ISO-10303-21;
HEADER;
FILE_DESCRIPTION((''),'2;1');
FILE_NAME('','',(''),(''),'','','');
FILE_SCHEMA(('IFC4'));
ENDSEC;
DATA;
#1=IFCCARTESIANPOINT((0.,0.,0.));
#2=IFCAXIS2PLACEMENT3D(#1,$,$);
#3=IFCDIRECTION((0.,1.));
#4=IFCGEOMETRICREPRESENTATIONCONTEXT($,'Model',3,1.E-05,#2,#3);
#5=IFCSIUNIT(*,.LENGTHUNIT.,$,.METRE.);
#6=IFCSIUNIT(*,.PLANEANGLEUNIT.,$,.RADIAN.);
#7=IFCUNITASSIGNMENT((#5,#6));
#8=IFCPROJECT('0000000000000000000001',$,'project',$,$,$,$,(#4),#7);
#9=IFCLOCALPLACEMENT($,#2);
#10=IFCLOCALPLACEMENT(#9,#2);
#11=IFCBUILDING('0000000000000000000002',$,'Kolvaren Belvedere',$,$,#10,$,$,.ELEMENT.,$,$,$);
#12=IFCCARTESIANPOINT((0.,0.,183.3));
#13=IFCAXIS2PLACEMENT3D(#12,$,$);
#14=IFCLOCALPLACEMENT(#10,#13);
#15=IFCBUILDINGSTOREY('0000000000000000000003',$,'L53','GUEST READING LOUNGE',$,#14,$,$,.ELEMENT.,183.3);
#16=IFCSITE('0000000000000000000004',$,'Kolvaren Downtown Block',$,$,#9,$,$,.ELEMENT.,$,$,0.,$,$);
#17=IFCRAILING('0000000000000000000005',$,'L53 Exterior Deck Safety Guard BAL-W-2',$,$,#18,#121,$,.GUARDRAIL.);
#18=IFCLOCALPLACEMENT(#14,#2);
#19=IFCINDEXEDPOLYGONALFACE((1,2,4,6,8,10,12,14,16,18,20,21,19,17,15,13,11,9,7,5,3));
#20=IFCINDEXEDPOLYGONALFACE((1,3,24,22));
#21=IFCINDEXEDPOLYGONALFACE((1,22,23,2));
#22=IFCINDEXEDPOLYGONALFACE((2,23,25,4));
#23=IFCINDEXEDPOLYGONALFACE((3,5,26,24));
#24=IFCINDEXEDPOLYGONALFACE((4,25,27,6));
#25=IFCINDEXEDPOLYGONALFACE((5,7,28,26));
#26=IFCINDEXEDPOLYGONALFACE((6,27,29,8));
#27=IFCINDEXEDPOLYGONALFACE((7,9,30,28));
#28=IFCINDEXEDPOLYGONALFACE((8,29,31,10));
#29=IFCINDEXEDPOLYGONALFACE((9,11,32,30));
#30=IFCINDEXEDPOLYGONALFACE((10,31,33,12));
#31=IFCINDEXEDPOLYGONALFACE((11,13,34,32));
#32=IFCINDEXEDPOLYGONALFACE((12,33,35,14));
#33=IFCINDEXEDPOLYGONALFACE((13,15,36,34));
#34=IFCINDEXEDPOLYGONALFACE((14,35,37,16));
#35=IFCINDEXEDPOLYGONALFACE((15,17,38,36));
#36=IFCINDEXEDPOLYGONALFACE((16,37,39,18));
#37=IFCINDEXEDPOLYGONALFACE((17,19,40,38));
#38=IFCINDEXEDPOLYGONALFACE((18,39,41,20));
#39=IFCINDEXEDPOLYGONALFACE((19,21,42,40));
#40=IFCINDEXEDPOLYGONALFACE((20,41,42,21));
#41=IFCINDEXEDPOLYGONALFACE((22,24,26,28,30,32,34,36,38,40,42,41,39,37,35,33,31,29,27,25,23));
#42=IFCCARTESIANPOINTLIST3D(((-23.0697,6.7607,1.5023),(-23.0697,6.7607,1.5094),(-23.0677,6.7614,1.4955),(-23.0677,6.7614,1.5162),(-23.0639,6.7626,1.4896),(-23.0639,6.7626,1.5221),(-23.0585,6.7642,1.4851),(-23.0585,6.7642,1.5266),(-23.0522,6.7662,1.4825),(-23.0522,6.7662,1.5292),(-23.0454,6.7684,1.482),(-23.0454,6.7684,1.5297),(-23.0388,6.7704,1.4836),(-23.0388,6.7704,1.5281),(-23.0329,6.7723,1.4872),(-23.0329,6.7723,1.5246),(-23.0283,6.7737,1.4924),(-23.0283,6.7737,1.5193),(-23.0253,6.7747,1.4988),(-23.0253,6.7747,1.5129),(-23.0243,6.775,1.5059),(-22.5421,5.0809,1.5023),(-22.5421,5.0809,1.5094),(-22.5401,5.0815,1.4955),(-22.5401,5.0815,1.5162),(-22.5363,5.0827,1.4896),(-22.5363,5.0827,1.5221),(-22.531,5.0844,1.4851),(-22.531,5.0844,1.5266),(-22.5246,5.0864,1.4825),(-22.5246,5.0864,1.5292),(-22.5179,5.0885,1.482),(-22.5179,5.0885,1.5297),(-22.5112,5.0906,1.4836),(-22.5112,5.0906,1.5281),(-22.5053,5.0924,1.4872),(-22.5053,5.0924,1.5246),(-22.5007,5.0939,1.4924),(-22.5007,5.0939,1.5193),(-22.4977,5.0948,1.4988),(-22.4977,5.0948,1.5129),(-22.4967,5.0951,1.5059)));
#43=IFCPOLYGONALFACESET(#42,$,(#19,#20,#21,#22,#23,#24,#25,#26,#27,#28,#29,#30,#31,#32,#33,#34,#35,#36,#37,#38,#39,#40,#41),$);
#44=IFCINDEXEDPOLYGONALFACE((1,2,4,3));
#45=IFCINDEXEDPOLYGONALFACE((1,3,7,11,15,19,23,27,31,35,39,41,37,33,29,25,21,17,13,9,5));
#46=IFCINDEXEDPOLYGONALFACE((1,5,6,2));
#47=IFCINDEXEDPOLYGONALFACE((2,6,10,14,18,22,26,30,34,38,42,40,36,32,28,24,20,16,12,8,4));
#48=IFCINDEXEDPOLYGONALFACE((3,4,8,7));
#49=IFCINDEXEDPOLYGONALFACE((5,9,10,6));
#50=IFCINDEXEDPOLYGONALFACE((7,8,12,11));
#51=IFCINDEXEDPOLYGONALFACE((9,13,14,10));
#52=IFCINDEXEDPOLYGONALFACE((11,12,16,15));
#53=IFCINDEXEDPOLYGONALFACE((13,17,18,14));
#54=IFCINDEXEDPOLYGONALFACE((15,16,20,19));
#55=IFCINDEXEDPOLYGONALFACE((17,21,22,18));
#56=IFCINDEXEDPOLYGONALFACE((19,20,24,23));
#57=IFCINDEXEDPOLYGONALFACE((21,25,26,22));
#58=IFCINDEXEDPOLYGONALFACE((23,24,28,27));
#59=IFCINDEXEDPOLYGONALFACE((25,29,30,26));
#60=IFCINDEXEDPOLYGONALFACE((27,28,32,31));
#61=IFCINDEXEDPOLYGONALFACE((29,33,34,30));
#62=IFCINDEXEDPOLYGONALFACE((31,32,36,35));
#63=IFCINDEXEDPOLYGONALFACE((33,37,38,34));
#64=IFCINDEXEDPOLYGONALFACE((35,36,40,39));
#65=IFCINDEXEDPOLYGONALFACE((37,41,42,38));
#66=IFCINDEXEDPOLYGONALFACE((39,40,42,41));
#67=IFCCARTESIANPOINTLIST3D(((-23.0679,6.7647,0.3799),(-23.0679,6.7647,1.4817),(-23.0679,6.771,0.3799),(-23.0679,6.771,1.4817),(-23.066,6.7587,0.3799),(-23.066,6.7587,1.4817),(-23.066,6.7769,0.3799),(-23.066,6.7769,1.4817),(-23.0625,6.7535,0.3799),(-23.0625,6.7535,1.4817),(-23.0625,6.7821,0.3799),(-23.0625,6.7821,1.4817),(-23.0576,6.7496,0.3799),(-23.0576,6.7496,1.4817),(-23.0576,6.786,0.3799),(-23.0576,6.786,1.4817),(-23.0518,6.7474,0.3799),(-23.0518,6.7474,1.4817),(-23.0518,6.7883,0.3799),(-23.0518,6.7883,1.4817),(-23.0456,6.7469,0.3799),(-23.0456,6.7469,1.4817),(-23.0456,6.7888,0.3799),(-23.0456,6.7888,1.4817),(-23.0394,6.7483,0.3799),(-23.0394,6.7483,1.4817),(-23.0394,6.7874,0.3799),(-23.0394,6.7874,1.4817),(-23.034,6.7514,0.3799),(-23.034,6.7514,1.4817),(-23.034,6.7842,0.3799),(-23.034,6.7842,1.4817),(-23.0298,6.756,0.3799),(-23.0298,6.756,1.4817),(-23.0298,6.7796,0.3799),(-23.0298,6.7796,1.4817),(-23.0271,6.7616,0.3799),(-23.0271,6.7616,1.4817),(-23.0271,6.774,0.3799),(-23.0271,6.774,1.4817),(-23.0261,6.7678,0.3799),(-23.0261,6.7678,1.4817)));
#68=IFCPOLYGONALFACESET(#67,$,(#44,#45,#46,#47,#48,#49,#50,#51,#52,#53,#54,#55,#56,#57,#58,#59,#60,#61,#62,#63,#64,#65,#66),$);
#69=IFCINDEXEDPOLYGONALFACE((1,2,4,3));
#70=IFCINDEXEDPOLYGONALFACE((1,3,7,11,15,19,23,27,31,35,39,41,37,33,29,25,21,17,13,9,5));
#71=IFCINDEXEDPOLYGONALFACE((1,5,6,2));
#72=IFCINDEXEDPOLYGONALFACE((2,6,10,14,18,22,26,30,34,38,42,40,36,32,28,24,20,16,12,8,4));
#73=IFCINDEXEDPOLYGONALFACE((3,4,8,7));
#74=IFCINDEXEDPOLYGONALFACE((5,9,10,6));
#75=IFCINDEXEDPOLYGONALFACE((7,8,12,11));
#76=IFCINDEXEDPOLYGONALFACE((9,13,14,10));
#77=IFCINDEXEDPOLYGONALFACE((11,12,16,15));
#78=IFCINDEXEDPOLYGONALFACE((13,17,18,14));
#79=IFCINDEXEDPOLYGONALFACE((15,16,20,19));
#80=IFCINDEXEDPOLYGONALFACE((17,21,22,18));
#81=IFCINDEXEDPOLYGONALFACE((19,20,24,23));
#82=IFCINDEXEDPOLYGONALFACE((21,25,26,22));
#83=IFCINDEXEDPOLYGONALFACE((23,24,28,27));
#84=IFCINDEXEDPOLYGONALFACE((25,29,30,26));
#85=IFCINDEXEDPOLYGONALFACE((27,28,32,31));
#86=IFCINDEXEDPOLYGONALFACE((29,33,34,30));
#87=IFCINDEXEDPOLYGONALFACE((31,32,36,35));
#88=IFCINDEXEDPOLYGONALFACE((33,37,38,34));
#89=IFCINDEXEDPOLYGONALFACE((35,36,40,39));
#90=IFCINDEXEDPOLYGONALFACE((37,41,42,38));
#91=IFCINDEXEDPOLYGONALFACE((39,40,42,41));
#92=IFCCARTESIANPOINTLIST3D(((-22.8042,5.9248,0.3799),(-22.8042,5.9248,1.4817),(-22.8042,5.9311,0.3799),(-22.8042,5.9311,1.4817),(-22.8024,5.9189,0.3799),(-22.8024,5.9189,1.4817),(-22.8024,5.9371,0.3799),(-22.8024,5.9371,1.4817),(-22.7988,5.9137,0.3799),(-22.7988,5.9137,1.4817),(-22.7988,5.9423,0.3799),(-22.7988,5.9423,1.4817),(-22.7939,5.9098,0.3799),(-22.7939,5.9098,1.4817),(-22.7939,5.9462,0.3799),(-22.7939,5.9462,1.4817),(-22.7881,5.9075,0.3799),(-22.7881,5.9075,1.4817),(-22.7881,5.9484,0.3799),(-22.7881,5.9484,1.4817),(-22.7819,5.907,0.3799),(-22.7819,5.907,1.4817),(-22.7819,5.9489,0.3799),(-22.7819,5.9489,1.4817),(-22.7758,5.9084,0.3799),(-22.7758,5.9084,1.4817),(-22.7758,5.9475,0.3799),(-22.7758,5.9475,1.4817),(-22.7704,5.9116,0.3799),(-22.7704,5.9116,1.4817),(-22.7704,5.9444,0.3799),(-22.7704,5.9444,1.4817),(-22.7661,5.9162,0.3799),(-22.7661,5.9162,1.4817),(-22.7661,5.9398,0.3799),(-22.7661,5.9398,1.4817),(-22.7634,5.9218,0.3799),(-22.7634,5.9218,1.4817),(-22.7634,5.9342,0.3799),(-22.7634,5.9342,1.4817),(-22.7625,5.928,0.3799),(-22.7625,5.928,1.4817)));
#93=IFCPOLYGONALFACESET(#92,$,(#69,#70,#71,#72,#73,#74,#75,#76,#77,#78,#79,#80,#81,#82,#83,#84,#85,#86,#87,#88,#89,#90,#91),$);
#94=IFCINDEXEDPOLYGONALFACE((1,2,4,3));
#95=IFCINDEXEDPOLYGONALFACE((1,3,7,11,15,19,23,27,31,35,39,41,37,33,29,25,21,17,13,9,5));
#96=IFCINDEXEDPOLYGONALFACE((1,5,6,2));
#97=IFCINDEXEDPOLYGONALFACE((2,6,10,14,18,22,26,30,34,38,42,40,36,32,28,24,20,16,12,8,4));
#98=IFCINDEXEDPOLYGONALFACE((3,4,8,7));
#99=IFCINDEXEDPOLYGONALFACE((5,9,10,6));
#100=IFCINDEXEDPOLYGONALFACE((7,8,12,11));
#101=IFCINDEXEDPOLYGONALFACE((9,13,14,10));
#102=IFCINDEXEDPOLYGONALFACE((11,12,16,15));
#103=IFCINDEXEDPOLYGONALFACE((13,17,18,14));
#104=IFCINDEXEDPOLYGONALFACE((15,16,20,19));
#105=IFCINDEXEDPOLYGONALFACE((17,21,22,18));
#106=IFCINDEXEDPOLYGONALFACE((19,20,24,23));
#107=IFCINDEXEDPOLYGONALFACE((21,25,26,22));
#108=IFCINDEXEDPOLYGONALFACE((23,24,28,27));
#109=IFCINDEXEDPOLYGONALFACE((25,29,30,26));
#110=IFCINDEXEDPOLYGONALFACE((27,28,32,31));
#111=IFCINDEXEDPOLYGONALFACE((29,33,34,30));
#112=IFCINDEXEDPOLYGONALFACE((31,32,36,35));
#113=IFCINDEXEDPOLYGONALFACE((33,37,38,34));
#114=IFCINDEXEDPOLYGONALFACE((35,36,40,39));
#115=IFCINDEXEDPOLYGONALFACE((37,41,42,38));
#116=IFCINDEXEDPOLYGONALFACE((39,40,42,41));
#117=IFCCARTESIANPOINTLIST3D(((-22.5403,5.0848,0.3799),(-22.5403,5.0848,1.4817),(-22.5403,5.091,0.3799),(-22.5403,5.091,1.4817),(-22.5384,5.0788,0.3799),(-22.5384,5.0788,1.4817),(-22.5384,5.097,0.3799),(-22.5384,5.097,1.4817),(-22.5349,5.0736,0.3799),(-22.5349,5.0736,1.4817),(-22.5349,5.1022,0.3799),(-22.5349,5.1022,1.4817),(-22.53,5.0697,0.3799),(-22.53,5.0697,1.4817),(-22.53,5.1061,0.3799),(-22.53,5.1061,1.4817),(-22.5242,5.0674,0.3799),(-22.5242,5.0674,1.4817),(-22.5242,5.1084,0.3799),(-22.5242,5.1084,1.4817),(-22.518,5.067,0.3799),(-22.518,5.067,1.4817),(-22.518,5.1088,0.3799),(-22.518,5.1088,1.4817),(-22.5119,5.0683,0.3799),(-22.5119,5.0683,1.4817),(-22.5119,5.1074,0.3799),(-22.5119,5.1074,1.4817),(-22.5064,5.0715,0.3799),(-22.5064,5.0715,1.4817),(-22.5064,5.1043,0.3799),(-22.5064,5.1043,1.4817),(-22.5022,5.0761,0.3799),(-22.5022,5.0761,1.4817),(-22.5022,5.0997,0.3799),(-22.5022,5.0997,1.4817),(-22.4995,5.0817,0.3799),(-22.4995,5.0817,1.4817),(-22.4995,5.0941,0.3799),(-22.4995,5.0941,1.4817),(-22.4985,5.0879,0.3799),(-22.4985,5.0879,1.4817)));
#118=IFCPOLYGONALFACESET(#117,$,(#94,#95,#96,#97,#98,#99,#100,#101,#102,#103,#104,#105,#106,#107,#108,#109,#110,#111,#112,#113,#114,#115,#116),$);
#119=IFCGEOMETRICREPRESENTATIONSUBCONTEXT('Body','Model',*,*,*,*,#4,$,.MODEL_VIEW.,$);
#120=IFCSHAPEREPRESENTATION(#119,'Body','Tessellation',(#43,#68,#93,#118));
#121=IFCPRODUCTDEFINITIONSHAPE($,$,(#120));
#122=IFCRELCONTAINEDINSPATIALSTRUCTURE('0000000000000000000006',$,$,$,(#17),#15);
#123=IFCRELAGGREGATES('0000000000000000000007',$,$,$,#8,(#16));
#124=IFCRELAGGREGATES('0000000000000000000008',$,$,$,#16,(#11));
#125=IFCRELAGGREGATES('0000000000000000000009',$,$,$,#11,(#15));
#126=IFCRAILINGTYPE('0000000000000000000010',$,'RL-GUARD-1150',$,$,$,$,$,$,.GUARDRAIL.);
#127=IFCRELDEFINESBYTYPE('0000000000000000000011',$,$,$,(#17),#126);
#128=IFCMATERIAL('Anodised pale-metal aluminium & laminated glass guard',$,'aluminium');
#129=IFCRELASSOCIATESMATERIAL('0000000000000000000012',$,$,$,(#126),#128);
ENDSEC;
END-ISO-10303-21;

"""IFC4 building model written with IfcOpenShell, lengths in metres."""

from ifc_helpers import new_model, si_unit, direction, frame, origin, origin_2d, place, context, subcontext, project, spatial, circle, extrude, material, type_object, element, save


model = new_model("IFC4")

# Units and contexts
model_context = context("Model", 3, precision=1e-05, world=origin(), true_north=direction((0.0, 1.0)))
body_context = subcontext(model_context, "Body", "Model", "MODEL_VIEW")
ifc_project = project(units=[si_unit("LENGTHUNIT", "METRE"), si_unit("PLANEANGLEUNIT", "RADIAN")], contexts=[model_context])

# Site, building, storey
site_placement = place(None, origin())
site = spatial("IfcSite", under=ifc_project, at=site_placement, Name="Kolvaren Downtown Block", CompositionType="ELEMENT", RefElevation=0.0)
building_placement = place(site_placement, origin())
building = spatial("IfcBuilding", under=site, at=building_placement, Name="Kolvaren Belvedere", CompositionType="ELEMENT")
storey_placement = place(building_placement, frame((0.0, 0.0, 183.3)))
storey = spatial("IfcBuildingStorey", under=building, at=storey_placement, Name="L53", Description="GUEST READING LOUNGE", CompositionType="ELEMENT", Elevation=183.3)

# Railing
ifc_material_1 = material(Name="Anodised pale-metal aluminium & laminated glass guard", Category="aluminium")
railing_type = type_object("IfcRailingType", Name="RL-GUARD-1150", PredefinedType="GUARDRAIL", material=ifc_material_1)
railing_1_placement = place(storey_placement, frame((-23.0471, 6.7678, 0.3799)))
element("IfcRailing", 1, at=railing_1_placement, inside=storey, type_object=railing_type, Name="L53 Exterior Deck Safety Guard BAL-W-2", PredefinedType="GUARDRAIL", context=body_context, shape_type="SweptSolid", body=[
    extrude(circle(Radius=0.0239, at=origin_2d()), frame((0.0, 0.0, 1.126), z_axis=(0.299625, -0.954057, 0.0), x_axis=(0.954057, 0.299625, 0.0)), (0.0, 0.0, 1.0), 1.7607),
    extrude(circle(Radius=0.021, at=origin_2d()), origin(), (0.0, 0.0, 1.0), 1.1018),
    extrude(circle(Radius=0.021, at=origin_2d()), frame((0.2637, -0.8398, 0.0)), (0.0, 0.0, 1.0), 1.1018),
    extrude(circle(Radius=0.021, at=origin_2d()), frame((0.5276, -1.6799, 0.0)), (0.0, 0.0, 1.0), 1.1018),
])

save(model, "model.ifc")
